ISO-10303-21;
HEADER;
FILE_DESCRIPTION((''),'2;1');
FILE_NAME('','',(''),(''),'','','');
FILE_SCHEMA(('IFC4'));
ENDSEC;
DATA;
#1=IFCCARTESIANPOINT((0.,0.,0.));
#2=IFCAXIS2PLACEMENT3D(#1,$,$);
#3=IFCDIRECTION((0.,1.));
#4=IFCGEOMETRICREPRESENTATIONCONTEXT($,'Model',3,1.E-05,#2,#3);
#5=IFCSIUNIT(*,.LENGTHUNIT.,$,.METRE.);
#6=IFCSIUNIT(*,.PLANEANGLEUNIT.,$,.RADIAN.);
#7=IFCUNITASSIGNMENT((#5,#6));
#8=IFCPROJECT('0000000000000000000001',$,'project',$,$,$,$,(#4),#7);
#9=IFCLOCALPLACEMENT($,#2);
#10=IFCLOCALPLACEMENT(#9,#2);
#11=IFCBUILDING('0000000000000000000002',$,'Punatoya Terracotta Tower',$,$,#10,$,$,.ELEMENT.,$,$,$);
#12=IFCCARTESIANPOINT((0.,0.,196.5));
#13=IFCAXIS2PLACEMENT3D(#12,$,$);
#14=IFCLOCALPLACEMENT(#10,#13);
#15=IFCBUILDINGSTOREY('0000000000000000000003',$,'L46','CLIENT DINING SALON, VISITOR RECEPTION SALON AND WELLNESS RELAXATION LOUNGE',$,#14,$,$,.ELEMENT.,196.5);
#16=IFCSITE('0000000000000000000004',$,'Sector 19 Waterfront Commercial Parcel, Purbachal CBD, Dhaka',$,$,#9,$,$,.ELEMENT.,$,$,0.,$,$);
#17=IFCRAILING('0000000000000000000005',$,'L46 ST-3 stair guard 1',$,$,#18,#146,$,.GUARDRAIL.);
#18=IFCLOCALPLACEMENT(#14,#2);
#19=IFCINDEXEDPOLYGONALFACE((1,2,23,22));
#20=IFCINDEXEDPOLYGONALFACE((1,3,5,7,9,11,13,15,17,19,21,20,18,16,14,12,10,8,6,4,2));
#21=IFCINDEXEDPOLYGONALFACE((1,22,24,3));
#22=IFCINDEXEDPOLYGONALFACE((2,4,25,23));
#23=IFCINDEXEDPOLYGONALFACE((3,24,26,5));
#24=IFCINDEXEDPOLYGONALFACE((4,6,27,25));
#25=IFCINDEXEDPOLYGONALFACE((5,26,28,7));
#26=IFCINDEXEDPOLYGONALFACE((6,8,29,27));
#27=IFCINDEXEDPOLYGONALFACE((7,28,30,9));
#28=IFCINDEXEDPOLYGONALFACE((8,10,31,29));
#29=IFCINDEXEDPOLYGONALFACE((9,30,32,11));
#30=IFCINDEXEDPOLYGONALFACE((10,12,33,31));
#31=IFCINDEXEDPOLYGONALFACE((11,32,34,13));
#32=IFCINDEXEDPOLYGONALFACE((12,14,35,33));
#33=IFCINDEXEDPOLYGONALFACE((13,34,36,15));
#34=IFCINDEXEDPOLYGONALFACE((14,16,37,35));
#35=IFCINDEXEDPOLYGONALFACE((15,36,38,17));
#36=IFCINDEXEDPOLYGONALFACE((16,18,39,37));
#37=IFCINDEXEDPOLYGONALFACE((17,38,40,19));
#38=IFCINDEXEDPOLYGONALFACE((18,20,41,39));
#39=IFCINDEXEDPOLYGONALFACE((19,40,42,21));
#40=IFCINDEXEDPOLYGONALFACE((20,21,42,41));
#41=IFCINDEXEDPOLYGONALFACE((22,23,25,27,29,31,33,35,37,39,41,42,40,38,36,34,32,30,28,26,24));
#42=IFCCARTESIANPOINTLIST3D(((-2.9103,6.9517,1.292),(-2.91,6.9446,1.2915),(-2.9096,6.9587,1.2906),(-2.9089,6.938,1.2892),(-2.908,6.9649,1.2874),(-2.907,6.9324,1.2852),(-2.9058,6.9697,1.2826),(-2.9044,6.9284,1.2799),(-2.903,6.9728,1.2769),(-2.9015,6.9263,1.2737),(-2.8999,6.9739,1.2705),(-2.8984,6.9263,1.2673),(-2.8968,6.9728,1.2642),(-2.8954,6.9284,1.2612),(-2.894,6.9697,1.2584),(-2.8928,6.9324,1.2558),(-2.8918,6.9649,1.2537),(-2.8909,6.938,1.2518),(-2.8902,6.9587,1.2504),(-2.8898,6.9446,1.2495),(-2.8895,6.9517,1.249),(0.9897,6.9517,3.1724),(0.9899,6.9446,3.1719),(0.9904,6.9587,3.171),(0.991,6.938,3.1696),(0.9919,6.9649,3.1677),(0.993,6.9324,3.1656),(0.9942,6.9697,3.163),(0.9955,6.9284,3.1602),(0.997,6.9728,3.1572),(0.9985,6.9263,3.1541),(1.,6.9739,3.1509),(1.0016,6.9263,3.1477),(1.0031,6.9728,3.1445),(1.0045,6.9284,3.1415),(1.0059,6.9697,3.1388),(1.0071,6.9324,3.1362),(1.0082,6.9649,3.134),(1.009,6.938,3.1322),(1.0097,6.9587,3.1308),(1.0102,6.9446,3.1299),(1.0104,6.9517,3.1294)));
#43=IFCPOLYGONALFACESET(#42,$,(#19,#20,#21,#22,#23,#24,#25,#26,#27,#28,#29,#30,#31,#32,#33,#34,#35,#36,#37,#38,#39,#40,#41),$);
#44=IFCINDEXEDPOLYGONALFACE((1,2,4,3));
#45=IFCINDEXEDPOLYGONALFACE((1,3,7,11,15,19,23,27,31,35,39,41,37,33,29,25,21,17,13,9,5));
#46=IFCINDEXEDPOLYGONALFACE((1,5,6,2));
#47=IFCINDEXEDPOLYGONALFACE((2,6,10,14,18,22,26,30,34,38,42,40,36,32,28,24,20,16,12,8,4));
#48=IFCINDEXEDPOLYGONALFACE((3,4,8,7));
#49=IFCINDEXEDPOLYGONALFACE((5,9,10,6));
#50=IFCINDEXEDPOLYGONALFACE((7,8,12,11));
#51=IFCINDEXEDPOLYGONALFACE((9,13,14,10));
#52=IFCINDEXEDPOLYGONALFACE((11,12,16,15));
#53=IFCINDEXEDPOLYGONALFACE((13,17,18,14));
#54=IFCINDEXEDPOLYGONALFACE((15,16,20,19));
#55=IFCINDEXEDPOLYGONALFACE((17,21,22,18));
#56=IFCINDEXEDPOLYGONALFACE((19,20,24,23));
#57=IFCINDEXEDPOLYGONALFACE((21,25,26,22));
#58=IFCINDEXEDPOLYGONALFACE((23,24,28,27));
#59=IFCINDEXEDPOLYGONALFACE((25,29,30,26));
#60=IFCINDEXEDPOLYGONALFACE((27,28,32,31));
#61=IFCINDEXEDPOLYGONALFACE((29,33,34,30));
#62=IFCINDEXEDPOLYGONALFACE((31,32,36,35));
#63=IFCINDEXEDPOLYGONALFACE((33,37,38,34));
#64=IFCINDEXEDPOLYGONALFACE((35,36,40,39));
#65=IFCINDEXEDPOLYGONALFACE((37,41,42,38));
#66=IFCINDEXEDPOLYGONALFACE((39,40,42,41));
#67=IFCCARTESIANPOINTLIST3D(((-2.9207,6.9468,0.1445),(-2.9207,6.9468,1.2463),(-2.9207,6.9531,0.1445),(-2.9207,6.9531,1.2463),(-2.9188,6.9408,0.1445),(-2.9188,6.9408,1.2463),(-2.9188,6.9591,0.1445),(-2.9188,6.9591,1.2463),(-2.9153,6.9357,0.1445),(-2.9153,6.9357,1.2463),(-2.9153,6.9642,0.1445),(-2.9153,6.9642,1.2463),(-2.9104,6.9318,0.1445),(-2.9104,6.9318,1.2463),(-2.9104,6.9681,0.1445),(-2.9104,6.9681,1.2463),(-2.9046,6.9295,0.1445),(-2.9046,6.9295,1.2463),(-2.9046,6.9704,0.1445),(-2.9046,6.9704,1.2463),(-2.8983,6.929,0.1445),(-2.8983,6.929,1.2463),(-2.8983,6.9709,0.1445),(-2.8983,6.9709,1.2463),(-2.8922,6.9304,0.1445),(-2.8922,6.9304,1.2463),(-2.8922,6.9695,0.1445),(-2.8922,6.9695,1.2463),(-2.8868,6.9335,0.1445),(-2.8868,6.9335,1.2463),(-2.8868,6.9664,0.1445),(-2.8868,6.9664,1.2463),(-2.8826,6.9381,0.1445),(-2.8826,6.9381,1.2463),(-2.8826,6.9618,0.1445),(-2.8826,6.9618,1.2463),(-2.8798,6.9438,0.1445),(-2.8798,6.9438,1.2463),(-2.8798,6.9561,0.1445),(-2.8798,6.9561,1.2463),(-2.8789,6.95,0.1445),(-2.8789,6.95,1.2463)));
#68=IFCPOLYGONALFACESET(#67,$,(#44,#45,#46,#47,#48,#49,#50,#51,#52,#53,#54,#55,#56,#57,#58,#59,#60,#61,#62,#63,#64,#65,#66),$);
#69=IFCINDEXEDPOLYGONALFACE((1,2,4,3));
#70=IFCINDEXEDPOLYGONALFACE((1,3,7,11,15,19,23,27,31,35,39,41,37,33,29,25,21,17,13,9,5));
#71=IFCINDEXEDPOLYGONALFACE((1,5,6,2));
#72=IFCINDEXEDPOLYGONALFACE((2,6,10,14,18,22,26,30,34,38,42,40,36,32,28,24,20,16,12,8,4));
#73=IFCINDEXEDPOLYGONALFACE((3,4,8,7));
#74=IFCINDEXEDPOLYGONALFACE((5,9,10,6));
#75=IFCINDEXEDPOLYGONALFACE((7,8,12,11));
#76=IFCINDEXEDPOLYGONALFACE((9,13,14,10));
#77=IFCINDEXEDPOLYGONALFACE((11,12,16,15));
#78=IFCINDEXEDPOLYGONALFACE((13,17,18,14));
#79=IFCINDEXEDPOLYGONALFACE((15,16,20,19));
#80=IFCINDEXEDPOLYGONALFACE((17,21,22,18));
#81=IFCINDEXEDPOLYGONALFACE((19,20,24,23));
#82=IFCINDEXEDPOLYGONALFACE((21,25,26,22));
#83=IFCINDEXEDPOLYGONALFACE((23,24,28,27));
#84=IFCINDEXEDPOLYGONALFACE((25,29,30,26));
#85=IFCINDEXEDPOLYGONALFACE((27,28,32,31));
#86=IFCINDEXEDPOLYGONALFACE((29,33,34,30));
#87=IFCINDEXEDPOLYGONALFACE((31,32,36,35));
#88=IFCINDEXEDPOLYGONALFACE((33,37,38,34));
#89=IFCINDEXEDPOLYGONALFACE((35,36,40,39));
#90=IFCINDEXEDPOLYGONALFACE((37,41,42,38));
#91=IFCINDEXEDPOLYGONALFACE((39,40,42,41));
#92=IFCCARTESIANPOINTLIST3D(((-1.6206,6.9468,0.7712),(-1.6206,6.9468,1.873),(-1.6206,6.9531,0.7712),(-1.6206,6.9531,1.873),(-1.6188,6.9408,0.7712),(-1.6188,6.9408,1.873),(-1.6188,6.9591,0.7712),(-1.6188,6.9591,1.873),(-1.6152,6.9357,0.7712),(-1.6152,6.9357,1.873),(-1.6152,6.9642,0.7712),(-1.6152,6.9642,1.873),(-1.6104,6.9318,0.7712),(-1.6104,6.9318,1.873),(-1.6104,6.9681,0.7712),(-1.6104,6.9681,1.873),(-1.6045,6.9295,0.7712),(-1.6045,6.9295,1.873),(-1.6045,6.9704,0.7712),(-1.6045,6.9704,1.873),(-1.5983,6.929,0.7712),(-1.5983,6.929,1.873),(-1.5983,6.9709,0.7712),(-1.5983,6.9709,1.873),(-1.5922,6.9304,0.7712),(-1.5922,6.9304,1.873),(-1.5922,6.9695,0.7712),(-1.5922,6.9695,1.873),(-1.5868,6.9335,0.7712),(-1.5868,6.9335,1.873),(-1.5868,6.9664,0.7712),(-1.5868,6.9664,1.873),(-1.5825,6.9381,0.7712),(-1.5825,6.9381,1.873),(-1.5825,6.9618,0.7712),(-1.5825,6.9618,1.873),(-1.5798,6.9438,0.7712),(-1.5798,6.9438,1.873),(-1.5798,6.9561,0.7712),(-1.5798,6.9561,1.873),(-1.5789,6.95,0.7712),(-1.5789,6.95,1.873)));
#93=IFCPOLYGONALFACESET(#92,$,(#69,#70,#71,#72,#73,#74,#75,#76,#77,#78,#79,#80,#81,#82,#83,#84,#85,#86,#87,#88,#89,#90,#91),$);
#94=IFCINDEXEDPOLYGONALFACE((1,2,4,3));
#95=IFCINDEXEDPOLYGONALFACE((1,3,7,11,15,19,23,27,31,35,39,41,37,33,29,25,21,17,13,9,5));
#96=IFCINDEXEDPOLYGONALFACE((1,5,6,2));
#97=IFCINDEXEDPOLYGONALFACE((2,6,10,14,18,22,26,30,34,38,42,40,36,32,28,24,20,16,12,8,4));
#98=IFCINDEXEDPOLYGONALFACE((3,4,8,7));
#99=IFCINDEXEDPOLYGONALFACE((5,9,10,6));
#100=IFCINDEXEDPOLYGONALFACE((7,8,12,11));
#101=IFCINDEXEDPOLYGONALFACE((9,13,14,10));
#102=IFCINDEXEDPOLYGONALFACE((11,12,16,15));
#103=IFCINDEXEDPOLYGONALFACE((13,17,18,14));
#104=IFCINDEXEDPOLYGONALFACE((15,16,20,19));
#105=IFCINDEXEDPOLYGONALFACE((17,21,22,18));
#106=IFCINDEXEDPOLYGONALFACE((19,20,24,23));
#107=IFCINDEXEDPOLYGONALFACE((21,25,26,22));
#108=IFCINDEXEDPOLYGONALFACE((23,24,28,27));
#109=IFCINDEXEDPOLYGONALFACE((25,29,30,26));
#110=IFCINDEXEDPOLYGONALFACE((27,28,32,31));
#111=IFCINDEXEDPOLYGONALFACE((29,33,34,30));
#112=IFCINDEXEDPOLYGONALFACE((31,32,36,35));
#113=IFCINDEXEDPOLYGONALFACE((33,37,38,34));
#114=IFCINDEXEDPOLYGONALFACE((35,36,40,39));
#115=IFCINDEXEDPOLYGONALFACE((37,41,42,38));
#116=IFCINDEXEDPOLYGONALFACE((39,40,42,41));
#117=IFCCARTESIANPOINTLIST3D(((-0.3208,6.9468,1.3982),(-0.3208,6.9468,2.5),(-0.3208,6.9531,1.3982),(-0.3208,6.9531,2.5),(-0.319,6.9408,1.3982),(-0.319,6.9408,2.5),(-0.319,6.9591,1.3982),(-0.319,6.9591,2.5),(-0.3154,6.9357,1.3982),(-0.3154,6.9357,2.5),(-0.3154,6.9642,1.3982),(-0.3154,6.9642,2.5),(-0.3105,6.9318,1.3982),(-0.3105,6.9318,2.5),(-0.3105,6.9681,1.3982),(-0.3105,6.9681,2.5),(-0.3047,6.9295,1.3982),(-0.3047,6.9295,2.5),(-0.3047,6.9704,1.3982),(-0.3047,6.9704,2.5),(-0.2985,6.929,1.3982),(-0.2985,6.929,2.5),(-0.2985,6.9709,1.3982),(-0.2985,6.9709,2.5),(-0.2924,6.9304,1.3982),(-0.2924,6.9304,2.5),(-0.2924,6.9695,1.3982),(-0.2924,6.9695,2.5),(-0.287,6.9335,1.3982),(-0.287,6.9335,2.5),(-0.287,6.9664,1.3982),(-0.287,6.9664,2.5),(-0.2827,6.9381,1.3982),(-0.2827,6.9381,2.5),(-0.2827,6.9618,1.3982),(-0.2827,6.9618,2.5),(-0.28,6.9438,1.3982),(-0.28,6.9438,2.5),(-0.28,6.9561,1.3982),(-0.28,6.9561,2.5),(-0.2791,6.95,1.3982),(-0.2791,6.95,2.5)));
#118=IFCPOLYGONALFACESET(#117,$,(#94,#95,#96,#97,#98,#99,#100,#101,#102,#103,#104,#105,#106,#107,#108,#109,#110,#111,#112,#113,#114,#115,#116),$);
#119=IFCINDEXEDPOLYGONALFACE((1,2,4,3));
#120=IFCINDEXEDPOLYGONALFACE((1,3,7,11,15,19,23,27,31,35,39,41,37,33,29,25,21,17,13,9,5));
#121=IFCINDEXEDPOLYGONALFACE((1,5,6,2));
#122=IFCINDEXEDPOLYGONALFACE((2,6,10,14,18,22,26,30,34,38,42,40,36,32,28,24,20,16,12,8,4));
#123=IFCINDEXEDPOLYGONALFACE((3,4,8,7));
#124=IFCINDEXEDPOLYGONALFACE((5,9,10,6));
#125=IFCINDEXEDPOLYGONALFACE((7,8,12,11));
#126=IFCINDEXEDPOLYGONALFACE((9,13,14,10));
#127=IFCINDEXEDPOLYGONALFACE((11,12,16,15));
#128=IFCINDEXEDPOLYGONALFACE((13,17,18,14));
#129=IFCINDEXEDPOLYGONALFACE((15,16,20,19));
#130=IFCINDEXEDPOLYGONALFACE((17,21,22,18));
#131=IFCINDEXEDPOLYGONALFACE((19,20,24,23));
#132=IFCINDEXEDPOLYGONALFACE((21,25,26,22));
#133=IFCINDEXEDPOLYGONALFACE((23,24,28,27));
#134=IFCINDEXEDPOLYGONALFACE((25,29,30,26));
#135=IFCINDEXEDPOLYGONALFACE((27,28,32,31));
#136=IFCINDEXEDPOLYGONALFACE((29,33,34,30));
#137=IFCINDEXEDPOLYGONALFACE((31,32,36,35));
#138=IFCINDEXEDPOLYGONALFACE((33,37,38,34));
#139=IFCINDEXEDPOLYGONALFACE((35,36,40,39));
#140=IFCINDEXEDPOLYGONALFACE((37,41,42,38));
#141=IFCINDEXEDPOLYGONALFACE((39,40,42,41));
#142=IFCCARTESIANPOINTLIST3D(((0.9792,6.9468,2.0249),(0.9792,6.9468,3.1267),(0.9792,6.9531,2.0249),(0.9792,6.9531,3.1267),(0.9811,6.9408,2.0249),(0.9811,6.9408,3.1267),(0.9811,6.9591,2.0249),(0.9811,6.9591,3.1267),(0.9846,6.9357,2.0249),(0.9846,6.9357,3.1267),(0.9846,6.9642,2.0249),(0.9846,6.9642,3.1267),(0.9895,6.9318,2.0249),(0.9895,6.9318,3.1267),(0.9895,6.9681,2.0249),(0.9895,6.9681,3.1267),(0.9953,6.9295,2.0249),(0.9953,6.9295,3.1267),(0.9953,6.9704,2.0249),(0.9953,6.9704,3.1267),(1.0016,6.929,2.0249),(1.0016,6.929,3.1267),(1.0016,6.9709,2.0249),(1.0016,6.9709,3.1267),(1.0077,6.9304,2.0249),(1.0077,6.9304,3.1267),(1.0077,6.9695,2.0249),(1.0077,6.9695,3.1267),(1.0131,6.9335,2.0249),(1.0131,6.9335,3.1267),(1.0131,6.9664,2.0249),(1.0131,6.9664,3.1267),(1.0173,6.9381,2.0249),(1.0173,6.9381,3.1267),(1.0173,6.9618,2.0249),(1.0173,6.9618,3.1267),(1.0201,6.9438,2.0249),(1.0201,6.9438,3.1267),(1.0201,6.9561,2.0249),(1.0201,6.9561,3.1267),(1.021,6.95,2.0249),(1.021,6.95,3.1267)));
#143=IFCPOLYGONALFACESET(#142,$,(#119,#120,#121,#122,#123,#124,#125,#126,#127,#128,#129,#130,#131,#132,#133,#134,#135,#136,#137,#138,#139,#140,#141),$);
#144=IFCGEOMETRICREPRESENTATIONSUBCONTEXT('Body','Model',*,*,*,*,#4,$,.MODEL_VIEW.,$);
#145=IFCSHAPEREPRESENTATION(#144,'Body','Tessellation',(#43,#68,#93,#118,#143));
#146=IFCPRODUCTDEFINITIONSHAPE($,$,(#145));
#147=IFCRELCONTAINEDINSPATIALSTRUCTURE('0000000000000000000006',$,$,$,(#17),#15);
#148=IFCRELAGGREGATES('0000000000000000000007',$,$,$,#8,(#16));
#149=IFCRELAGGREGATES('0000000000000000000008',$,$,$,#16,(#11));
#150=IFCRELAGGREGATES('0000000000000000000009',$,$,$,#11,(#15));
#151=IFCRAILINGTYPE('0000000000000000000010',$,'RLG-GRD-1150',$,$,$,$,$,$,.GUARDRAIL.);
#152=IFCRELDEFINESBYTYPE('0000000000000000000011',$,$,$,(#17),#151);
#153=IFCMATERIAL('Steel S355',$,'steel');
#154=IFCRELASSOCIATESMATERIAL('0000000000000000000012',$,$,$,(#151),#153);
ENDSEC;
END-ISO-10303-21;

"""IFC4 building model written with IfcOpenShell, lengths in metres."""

from ifc_helpers import new_model, si_unit, direction, frame, origin, origin_2d, place, context, subcontext, project, spatial, circle, extrude, material, type_object, element, save


model = new_model("IFC4")

# Units and contexts
model_context = context("Model", 3, precision=1e-05, world=origin(), true_north=direction((0.0, 1.0)))
body_context = subcontext(model_context, "Body", "Model", "MODEL_VIEW")
ifc_project = project(units=[si_unit("LENGTHUNIT", "METRE"), si_unit("PLANEANGLEUNIT", "RADIAN")], contexts=[model_context])

# Site, building, storey
site_placement = place(None, origin())
site = spatial("IfcSite", under=ifc_project, at=site_placement, Name="Sector 19 Waterfront Commercial Parcel, Purbachal CBD, Dhaka", CompositionType="ELEMENT", RefElevation=0.0)
building_placement = place(site_placement, origin())
building = spatial("IfcBuilding", under=site, at=building_placement, Name="Punatoya Terracotta Tower", CompositionType="ELEMENT")
storey_placement = place(building_placement, frame((0.0, 0.0, 196.5)))
storey = spatial("IfcBuildingStorey", under=building, at=storey_placement, Name="L46", Description="CLIENT DINING SALON, VISITOR RECEPTION SALON AND WELLNESS RELAXATION LOUNGE", CompositionType="ELEMENT", Elevation=196.5)

# Railing
ifc_material_1 = material(Name="Steel S355", Category="steel")
railing_type_1 = type_object("IfcRailingType", Name="RLG-GRD-1150", PredefinedType="GUARDRAIL", material=ifc_material_1)
railing_1_placement = place(storey_placement, frame((-2.8999, 6.95, 0.1445)))
element("IfcRailing", 1, at=railing_1_placement, inside=storey, type_object=railing_type_1, Name="L46 ST-3 stair guard 1", PredefinedType="GUARDRAIL", context=body_context, shape_type="SweptSolid", body=[
    extrude(circle(Radius=0.0239, at=origin_2d()), frame((0.0, 0.0, 1.126), z_axis=(0.900763, 0.0, 0.434311), x_axis=(0.0, 1.0, 0.0)), (0.0, 0.0, 1.0), 4.3296),
    extrude(circle(Radius=0.021, at=origin_2d()), origin(), (0.0, 0.0, 1.0), 1.1018),
    extrude(circle(Radius=0.021, at=origin_2d()), frame((1.3, 0.0, 0.6267)), (0.0, 0.0, 1.0), 1.1018),
    extrude(circle(Radius=0.021, at=origin_2d()), frame((2.5999, 0.0, 1.2537)), (0.0, 0.0, 1.0), 1.1018),
    extrude(circle(Radius=0.021, at=origin_2d()), frame((3.8999, 0.0, 1.8804)), (0.0, 0.0, 1.0), 1.1018),
])

save(model, "model.ifc")
